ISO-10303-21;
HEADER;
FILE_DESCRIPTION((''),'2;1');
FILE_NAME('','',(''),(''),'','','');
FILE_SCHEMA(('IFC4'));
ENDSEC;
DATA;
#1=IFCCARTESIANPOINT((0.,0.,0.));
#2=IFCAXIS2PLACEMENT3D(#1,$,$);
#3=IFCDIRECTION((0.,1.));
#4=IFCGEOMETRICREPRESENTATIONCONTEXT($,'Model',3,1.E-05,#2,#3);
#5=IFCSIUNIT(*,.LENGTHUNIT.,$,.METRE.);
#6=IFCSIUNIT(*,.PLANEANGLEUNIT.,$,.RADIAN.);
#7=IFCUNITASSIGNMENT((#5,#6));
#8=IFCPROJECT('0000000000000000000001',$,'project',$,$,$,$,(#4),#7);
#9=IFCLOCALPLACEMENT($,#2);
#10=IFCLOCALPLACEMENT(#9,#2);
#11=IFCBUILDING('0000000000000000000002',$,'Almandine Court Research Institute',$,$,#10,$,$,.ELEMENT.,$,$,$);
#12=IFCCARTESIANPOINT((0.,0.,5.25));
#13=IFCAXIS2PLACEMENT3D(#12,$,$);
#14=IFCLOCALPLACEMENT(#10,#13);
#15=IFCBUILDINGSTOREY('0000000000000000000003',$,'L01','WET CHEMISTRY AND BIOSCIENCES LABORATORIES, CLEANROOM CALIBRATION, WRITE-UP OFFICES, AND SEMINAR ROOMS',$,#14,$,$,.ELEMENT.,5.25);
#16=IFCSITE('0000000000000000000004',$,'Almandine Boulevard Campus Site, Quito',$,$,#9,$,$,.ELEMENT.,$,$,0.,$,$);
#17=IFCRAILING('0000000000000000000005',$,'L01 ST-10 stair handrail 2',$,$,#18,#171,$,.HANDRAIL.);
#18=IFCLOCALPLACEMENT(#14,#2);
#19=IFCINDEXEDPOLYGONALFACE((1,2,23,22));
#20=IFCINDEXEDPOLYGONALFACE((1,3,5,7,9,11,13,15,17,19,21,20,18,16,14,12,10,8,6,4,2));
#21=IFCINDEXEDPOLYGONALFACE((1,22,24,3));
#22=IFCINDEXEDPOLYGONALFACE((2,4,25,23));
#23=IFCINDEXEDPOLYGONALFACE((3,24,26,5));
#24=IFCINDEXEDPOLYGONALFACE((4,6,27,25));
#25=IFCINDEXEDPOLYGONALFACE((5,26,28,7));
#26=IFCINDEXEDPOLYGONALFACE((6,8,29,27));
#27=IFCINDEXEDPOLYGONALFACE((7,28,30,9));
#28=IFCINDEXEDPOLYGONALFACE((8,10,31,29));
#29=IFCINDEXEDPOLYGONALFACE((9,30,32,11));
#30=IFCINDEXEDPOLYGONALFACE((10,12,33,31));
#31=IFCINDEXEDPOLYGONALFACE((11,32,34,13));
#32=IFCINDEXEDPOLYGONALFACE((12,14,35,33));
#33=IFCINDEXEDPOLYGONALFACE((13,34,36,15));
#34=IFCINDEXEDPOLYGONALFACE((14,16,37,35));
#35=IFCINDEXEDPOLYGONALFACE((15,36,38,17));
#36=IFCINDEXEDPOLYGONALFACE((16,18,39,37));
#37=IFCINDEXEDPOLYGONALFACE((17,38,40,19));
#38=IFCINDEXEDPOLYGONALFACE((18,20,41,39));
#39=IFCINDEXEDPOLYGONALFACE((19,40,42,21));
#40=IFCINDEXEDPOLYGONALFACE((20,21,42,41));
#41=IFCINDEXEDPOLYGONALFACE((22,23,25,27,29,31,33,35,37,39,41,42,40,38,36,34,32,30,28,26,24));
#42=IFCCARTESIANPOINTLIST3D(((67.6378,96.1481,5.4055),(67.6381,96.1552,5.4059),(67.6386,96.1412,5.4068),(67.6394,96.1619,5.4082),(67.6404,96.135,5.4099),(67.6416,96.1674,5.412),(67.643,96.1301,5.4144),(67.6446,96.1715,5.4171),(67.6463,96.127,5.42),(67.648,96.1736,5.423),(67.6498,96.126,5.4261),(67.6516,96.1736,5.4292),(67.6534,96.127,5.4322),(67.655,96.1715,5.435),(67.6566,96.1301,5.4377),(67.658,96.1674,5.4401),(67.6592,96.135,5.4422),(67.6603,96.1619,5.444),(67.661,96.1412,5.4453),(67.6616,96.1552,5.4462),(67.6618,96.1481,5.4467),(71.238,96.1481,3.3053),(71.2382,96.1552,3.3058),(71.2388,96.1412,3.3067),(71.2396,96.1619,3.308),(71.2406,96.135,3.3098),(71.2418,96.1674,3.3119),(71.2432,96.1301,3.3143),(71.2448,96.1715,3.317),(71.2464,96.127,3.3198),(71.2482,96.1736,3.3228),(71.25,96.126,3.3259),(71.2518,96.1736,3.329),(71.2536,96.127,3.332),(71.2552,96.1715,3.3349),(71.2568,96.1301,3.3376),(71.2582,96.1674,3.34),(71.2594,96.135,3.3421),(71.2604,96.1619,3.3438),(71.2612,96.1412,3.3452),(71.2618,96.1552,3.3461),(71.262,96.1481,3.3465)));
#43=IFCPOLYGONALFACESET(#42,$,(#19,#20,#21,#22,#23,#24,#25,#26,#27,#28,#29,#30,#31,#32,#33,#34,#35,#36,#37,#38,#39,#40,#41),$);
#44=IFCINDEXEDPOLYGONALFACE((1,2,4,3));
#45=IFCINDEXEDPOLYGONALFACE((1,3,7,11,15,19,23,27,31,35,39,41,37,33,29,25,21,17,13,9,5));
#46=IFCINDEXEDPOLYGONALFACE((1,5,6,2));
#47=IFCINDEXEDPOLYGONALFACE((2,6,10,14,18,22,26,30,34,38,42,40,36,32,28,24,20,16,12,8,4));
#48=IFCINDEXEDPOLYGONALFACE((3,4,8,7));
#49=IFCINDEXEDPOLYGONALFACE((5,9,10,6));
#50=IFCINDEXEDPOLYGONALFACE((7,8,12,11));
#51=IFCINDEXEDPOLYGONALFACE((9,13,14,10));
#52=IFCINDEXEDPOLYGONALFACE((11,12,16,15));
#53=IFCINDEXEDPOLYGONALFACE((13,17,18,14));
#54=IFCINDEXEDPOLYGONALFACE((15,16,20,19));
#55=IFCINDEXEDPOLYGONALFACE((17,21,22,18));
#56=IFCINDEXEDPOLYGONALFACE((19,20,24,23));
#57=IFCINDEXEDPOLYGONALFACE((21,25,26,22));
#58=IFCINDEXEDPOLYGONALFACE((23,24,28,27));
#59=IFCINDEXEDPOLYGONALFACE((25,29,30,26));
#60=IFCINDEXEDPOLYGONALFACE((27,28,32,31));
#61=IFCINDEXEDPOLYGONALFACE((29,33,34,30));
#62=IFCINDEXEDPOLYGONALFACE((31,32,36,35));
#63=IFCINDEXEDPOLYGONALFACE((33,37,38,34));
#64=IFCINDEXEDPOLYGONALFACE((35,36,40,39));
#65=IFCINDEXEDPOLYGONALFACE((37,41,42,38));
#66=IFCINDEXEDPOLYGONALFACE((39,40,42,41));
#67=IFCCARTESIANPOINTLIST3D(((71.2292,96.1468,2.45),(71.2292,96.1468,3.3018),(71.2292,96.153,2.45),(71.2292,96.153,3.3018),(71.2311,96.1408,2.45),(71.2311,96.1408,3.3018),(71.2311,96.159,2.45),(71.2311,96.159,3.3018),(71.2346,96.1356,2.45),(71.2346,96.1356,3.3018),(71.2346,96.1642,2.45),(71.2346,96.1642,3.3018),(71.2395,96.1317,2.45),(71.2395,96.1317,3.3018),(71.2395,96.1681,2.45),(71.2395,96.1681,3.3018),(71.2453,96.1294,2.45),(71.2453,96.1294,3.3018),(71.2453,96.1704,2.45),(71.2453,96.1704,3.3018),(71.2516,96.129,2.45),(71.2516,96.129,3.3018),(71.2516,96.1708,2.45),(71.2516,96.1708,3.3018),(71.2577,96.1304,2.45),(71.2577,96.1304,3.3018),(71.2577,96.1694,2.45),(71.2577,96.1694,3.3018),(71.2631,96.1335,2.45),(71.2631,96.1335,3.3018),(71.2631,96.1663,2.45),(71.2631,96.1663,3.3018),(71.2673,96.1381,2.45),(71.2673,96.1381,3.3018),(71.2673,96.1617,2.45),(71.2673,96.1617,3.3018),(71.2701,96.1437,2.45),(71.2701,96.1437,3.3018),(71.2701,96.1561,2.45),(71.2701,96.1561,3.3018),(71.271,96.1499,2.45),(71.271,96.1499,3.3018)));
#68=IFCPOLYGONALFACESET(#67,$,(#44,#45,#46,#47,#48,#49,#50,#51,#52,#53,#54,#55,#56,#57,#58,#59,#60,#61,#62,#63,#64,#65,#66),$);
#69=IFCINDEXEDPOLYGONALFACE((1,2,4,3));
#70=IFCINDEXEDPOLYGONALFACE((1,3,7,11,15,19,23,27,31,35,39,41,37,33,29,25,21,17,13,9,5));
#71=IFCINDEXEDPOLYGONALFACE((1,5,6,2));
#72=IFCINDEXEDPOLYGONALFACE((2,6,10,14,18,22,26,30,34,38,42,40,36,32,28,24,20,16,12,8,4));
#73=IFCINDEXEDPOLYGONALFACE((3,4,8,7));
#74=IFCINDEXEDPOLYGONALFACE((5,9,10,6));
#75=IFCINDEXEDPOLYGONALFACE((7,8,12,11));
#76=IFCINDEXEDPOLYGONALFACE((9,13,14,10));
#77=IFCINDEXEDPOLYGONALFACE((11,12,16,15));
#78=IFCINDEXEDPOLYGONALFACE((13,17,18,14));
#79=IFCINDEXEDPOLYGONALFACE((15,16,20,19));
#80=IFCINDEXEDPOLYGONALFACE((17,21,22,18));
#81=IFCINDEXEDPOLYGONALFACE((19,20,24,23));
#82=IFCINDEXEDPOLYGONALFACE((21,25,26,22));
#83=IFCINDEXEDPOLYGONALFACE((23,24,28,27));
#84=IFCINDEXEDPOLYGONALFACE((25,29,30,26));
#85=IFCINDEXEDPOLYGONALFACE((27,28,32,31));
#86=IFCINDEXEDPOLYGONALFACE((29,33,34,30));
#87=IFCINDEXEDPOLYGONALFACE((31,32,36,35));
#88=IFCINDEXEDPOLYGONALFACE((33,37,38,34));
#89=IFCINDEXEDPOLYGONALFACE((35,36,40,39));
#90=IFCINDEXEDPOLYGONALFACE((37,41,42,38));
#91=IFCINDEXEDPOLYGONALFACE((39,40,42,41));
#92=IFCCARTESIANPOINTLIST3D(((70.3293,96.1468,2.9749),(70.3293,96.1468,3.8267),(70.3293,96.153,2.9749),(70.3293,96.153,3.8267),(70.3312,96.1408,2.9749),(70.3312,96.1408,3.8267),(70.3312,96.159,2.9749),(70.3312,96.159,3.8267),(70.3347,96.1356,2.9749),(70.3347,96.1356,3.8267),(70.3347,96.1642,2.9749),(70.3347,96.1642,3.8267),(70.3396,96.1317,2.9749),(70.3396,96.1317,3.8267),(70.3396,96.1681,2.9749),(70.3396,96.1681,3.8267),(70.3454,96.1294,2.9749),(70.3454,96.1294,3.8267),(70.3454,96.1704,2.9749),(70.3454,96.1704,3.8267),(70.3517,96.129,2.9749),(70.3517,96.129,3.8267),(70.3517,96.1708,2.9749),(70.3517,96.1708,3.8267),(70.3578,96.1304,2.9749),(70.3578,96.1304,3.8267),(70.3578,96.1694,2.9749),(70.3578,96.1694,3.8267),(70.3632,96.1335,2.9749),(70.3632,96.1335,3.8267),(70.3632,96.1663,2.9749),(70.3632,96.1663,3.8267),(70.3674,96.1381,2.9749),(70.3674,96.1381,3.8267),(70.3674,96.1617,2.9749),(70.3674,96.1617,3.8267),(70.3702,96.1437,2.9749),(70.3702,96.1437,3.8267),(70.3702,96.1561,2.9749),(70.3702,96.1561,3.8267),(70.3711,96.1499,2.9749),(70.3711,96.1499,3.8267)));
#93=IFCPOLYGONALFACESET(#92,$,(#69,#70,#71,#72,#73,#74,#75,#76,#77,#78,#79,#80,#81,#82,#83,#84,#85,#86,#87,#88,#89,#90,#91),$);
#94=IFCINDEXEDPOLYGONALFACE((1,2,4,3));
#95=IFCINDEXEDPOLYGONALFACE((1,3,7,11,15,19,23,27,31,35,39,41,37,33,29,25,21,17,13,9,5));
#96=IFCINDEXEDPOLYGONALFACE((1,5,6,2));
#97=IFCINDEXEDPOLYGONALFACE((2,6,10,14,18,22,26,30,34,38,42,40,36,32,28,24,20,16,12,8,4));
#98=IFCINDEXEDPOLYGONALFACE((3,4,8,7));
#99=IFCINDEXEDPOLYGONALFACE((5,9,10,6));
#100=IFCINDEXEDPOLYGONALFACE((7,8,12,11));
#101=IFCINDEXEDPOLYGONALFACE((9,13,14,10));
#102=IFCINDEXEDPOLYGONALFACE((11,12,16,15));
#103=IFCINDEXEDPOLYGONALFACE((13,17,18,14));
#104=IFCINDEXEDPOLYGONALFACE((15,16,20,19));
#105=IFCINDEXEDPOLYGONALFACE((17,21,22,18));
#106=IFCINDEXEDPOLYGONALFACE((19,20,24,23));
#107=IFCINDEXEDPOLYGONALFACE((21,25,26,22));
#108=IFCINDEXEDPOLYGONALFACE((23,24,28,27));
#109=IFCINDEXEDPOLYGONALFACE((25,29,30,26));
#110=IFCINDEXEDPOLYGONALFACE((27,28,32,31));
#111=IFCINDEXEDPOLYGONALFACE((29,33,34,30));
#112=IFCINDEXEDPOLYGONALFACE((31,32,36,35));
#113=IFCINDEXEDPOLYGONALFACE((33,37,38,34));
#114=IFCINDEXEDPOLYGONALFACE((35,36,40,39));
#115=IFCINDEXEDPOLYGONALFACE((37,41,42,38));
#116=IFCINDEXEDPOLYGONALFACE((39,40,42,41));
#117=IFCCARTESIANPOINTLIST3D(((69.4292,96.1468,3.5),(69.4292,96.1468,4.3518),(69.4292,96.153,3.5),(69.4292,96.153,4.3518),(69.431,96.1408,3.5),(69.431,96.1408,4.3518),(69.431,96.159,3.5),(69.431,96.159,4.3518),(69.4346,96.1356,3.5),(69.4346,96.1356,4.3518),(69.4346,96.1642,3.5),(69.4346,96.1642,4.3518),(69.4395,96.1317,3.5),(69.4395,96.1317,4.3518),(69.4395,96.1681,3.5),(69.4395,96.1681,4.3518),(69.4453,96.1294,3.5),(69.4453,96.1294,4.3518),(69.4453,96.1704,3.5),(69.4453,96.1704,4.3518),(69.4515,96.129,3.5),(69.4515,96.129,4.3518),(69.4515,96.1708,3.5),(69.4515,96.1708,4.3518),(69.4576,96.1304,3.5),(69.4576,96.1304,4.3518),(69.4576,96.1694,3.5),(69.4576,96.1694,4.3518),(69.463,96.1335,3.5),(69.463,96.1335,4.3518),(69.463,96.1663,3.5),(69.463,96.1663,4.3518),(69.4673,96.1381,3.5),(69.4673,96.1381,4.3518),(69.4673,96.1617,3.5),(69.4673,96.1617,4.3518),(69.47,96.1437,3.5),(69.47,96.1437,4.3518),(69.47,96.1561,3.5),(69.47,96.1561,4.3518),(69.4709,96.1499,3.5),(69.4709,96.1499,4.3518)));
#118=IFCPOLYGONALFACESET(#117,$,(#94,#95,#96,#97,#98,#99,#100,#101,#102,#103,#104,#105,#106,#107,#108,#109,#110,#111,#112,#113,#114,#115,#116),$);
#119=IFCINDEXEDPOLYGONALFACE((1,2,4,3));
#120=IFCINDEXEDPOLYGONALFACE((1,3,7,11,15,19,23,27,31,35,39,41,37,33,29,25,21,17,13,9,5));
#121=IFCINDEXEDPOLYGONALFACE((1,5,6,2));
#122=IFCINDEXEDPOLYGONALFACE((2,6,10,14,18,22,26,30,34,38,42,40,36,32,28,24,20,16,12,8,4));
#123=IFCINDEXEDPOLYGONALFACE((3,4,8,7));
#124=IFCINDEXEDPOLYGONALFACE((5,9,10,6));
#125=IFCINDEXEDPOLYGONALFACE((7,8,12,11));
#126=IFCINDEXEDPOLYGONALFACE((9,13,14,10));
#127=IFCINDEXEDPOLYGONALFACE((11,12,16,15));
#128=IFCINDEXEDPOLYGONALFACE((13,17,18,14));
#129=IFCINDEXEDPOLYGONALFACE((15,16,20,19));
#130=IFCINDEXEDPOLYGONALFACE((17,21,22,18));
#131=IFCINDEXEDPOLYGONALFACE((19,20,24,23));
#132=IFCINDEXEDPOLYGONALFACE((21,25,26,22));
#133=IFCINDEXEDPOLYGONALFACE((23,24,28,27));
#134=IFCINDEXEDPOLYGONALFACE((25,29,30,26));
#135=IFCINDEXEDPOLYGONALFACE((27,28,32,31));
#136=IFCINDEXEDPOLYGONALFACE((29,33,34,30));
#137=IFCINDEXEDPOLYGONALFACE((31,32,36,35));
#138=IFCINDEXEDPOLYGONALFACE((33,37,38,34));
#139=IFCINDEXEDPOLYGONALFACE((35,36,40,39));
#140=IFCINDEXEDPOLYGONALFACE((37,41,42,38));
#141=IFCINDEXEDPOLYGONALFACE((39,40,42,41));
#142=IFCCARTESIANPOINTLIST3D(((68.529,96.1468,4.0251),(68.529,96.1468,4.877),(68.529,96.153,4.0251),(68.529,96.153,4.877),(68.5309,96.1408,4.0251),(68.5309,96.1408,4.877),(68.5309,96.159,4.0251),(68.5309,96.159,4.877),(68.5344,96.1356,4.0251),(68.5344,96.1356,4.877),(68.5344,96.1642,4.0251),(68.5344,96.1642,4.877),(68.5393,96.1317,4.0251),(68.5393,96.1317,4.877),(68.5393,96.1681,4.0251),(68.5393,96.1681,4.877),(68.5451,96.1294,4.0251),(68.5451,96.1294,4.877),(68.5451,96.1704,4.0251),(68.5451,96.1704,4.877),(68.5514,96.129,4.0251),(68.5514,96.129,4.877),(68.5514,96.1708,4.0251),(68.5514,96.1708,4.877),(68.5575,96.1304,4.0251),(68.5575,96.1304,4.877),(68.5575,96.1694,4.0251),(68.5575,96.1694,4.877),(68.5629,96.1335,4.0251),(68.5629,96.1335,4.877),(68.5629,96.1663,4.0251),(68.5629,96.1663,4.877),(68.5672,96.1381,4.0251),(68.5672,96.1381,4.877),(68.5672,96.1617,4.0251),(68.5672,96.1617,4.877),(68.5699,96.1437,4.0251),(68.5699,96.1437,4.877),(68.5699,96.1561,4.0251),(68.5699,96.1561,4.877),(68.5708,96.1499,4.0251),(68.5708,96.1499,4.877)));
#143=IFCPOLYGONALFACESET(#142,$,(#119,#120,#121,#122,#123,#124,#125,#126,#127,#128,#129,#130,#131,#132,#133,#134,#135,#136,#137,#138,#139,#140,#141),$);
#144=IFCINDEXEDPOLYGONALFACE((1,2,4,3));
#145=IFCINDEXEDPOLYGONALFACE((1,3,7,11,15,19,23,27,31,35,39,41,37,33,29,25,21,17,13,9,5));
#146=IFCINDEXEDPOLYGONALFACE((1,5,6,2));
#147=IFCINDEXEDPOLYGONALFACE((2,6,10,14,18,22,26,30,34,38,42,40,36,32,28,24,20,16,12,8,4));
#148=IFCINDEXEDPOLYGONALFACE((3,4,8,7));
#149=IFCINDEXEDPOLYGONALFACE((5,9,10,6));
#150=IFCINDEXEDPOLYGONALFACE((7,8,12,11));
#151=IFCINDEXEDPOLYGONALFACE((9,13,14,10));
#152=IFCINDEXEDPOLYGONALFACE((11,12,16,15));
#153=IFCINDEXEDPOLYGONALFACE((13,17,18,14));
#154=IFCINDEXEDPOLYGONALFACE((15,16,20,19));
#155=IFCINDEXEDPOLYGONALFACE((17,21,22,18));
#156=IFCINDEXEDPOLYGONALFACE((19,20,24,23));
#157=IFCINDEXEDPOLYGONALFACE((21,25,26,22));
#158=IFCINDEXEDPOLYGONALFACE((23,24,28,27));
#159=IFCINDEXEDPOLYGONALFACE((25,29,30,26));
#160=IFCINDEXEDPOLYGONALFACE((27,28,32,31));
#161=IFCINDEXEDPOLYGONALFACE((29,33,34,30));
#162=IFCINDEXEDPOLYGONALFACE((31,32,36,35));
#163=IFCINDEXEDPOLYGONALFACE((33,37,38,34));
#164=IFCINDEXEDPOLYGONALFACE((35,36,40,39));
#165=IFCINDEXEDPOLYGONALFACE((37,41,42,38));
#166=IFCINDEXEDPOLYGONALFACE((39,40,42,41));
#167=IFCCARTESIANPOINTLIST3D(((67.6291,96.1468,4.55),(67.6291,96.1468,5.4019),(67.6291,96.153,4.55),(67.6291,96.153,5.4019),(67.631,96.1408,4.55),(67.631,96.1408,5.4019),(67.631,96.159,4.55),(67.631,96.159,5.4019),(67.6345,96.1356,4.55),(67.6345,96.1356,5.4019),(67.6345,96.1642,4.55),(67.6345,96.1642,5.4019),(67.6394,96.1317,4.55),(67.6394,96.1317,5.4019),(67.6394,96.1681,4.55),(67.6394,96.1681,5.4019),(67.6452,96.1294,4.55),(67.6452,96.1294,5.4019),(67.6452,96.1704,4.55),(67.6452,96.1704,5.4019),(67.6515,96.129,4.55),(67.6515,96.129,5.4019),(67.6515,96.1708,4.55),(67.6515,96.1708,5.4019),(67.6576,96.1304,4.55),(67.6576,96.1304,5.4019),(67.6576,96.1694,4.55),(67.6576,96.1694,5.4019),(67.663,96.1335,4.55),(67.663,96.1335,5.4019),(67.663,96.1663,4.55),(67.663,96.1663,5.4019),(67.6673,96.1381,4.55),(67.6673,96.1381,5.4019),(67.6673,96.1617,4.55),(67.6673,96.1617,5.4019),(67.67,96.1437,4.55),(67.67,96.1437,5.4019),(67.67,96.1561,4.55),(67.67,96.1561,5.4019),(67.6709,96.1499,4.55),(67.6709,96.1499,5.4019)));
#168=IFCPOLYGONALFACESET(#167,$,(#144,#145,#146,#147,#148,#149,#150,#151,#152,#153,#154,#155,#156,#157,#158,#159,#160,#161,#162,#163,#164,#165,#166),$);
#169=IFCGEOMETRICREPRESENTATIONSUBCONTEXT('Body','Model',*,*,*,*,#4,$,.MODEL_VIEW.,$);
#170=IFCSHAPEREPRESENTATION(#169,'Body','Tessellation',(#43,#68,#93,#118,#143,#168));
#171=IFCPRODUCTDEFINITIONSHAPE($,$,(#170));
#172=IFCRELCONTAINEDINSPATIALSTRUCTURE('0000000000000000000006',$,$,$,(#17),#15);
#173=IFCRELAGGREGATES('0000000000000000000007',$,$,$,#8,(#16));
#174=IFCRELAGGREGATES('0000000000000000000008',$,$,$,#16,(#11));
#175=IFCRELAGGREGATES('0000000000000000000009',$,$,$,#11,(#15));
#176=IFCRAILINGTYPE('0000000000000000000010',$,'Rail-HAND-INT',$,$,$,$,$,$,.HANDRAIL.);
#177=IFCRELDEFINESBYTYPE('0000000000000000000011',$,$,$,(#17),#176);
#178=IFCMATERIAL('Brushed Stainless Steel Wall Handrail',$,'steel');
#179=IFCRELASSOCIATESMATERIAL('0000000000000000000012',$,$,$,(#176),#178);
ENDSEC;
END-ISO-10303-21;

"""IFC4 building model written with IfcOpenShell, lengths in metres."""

from ifc_helpers import new_model, si_unit, direction, frame, origin, origin_2d, place, context, subcontext, project, spatial, circle, extrude, material, type_object, element, save


model = new_model("IFC4")

# Units and contexts
model_context = context("Model", 3, precision=1e-05, world=origin(), true_north=direction((0.0, 1.0)))
body_context = subcontext(model_context, "Body", "Model", "MODEL_VIEW")
ifc_project = project(units=[si_unit("LENGTHUNIT", "METRE"), si_unit("PLANEANGLEUNIT", "RADIAN")], contexts=[model_context])

# Site, building, storey
site_placement = place(None, origin())
site = spatial("IfcSite", under=ifc_project, at=site_placement, Name="Almandine Boulevard Campus Site, Quito", CompositionType="ELEMENT", RefElevation=0.0)
building_placement = place(site_placement, origin())
building = spatial("IfcBuilding", under=site, at=building_placement, Name="Almandine Court Research Institute", CompositionType="ELEMENT")
storey_placement = place(building_placement, frame((0.0, 0.0, 5.25)))
storey = spatial("IfcBuildingStorey", under=building, at=storey_placement, Name="L01", Description="WET CHEMISTRY AND BIOSCIENCES LABORATORIES, CLEANROOM CALIBRATION, WRITE-UP OFFICES, AND SEMINAR ROOMS", CompositionType="ELEMENT", Elevation=5.25)

# Railing
ifc_material_1 = material(Name="Brushed Stainless Steel Wall Handrail", Category="steel")
railing_type_1 = type_object("IfcRailingType", Name="Rail-HAND-INT", PredefinedType="HANDRAIL", material=ifc_material_1)
railing_1_placement = place(storey_placement, frame((71.25, 96.1499, 2.45)))
element("IfcRailing", 1, at=railing_1_placement, inside=storey, type_object=railing_type_1, Name="L01 ST-10 stair handrail 2", PredefinedType="HANDRAIL", context=body_context, shape_type="SweptSolid", body=[
    extrude(circle(Radius=0.0239, at=origin_2d()), frame((0.0, 0.0, 0.876), z_axis=(-0.863775, 0.0, 0.503878), x_axis=(0.0, -1.0, 0.0)), (0.0, 0.0, 1.0), 4.168),
    extrude(circle(Radius=0.021, at=origin_2d()), origin(), (0.0, 0.0, 1.0), 0.8518),
    extrude(circle(Radius=0.021, at=origin_2d()), frame((-0.8999, 0.0, 0.5249)), (0.0, 0.0, 1.0), 0.8518),
    extrude(circle(Radius=0.021, at=origin_2d()), frame((-1.8, 0.0, 1.05)), (0.0, 0.0, 1.0), 0.8518),
    extrude(circle(Radius=0.021, at=origin_2d()), frame((-2.7002, 0.0, 1.5752)), (0.0, 0.0, 1.0), 0.8518),
    extrude(circle(Radius=0.021, at=origin_2d()), frame((-3.6001, 0.0, 2.1001)), (0.0, 0.0, 1.0), 0.8518),
])

save(model, "model.ifc")
